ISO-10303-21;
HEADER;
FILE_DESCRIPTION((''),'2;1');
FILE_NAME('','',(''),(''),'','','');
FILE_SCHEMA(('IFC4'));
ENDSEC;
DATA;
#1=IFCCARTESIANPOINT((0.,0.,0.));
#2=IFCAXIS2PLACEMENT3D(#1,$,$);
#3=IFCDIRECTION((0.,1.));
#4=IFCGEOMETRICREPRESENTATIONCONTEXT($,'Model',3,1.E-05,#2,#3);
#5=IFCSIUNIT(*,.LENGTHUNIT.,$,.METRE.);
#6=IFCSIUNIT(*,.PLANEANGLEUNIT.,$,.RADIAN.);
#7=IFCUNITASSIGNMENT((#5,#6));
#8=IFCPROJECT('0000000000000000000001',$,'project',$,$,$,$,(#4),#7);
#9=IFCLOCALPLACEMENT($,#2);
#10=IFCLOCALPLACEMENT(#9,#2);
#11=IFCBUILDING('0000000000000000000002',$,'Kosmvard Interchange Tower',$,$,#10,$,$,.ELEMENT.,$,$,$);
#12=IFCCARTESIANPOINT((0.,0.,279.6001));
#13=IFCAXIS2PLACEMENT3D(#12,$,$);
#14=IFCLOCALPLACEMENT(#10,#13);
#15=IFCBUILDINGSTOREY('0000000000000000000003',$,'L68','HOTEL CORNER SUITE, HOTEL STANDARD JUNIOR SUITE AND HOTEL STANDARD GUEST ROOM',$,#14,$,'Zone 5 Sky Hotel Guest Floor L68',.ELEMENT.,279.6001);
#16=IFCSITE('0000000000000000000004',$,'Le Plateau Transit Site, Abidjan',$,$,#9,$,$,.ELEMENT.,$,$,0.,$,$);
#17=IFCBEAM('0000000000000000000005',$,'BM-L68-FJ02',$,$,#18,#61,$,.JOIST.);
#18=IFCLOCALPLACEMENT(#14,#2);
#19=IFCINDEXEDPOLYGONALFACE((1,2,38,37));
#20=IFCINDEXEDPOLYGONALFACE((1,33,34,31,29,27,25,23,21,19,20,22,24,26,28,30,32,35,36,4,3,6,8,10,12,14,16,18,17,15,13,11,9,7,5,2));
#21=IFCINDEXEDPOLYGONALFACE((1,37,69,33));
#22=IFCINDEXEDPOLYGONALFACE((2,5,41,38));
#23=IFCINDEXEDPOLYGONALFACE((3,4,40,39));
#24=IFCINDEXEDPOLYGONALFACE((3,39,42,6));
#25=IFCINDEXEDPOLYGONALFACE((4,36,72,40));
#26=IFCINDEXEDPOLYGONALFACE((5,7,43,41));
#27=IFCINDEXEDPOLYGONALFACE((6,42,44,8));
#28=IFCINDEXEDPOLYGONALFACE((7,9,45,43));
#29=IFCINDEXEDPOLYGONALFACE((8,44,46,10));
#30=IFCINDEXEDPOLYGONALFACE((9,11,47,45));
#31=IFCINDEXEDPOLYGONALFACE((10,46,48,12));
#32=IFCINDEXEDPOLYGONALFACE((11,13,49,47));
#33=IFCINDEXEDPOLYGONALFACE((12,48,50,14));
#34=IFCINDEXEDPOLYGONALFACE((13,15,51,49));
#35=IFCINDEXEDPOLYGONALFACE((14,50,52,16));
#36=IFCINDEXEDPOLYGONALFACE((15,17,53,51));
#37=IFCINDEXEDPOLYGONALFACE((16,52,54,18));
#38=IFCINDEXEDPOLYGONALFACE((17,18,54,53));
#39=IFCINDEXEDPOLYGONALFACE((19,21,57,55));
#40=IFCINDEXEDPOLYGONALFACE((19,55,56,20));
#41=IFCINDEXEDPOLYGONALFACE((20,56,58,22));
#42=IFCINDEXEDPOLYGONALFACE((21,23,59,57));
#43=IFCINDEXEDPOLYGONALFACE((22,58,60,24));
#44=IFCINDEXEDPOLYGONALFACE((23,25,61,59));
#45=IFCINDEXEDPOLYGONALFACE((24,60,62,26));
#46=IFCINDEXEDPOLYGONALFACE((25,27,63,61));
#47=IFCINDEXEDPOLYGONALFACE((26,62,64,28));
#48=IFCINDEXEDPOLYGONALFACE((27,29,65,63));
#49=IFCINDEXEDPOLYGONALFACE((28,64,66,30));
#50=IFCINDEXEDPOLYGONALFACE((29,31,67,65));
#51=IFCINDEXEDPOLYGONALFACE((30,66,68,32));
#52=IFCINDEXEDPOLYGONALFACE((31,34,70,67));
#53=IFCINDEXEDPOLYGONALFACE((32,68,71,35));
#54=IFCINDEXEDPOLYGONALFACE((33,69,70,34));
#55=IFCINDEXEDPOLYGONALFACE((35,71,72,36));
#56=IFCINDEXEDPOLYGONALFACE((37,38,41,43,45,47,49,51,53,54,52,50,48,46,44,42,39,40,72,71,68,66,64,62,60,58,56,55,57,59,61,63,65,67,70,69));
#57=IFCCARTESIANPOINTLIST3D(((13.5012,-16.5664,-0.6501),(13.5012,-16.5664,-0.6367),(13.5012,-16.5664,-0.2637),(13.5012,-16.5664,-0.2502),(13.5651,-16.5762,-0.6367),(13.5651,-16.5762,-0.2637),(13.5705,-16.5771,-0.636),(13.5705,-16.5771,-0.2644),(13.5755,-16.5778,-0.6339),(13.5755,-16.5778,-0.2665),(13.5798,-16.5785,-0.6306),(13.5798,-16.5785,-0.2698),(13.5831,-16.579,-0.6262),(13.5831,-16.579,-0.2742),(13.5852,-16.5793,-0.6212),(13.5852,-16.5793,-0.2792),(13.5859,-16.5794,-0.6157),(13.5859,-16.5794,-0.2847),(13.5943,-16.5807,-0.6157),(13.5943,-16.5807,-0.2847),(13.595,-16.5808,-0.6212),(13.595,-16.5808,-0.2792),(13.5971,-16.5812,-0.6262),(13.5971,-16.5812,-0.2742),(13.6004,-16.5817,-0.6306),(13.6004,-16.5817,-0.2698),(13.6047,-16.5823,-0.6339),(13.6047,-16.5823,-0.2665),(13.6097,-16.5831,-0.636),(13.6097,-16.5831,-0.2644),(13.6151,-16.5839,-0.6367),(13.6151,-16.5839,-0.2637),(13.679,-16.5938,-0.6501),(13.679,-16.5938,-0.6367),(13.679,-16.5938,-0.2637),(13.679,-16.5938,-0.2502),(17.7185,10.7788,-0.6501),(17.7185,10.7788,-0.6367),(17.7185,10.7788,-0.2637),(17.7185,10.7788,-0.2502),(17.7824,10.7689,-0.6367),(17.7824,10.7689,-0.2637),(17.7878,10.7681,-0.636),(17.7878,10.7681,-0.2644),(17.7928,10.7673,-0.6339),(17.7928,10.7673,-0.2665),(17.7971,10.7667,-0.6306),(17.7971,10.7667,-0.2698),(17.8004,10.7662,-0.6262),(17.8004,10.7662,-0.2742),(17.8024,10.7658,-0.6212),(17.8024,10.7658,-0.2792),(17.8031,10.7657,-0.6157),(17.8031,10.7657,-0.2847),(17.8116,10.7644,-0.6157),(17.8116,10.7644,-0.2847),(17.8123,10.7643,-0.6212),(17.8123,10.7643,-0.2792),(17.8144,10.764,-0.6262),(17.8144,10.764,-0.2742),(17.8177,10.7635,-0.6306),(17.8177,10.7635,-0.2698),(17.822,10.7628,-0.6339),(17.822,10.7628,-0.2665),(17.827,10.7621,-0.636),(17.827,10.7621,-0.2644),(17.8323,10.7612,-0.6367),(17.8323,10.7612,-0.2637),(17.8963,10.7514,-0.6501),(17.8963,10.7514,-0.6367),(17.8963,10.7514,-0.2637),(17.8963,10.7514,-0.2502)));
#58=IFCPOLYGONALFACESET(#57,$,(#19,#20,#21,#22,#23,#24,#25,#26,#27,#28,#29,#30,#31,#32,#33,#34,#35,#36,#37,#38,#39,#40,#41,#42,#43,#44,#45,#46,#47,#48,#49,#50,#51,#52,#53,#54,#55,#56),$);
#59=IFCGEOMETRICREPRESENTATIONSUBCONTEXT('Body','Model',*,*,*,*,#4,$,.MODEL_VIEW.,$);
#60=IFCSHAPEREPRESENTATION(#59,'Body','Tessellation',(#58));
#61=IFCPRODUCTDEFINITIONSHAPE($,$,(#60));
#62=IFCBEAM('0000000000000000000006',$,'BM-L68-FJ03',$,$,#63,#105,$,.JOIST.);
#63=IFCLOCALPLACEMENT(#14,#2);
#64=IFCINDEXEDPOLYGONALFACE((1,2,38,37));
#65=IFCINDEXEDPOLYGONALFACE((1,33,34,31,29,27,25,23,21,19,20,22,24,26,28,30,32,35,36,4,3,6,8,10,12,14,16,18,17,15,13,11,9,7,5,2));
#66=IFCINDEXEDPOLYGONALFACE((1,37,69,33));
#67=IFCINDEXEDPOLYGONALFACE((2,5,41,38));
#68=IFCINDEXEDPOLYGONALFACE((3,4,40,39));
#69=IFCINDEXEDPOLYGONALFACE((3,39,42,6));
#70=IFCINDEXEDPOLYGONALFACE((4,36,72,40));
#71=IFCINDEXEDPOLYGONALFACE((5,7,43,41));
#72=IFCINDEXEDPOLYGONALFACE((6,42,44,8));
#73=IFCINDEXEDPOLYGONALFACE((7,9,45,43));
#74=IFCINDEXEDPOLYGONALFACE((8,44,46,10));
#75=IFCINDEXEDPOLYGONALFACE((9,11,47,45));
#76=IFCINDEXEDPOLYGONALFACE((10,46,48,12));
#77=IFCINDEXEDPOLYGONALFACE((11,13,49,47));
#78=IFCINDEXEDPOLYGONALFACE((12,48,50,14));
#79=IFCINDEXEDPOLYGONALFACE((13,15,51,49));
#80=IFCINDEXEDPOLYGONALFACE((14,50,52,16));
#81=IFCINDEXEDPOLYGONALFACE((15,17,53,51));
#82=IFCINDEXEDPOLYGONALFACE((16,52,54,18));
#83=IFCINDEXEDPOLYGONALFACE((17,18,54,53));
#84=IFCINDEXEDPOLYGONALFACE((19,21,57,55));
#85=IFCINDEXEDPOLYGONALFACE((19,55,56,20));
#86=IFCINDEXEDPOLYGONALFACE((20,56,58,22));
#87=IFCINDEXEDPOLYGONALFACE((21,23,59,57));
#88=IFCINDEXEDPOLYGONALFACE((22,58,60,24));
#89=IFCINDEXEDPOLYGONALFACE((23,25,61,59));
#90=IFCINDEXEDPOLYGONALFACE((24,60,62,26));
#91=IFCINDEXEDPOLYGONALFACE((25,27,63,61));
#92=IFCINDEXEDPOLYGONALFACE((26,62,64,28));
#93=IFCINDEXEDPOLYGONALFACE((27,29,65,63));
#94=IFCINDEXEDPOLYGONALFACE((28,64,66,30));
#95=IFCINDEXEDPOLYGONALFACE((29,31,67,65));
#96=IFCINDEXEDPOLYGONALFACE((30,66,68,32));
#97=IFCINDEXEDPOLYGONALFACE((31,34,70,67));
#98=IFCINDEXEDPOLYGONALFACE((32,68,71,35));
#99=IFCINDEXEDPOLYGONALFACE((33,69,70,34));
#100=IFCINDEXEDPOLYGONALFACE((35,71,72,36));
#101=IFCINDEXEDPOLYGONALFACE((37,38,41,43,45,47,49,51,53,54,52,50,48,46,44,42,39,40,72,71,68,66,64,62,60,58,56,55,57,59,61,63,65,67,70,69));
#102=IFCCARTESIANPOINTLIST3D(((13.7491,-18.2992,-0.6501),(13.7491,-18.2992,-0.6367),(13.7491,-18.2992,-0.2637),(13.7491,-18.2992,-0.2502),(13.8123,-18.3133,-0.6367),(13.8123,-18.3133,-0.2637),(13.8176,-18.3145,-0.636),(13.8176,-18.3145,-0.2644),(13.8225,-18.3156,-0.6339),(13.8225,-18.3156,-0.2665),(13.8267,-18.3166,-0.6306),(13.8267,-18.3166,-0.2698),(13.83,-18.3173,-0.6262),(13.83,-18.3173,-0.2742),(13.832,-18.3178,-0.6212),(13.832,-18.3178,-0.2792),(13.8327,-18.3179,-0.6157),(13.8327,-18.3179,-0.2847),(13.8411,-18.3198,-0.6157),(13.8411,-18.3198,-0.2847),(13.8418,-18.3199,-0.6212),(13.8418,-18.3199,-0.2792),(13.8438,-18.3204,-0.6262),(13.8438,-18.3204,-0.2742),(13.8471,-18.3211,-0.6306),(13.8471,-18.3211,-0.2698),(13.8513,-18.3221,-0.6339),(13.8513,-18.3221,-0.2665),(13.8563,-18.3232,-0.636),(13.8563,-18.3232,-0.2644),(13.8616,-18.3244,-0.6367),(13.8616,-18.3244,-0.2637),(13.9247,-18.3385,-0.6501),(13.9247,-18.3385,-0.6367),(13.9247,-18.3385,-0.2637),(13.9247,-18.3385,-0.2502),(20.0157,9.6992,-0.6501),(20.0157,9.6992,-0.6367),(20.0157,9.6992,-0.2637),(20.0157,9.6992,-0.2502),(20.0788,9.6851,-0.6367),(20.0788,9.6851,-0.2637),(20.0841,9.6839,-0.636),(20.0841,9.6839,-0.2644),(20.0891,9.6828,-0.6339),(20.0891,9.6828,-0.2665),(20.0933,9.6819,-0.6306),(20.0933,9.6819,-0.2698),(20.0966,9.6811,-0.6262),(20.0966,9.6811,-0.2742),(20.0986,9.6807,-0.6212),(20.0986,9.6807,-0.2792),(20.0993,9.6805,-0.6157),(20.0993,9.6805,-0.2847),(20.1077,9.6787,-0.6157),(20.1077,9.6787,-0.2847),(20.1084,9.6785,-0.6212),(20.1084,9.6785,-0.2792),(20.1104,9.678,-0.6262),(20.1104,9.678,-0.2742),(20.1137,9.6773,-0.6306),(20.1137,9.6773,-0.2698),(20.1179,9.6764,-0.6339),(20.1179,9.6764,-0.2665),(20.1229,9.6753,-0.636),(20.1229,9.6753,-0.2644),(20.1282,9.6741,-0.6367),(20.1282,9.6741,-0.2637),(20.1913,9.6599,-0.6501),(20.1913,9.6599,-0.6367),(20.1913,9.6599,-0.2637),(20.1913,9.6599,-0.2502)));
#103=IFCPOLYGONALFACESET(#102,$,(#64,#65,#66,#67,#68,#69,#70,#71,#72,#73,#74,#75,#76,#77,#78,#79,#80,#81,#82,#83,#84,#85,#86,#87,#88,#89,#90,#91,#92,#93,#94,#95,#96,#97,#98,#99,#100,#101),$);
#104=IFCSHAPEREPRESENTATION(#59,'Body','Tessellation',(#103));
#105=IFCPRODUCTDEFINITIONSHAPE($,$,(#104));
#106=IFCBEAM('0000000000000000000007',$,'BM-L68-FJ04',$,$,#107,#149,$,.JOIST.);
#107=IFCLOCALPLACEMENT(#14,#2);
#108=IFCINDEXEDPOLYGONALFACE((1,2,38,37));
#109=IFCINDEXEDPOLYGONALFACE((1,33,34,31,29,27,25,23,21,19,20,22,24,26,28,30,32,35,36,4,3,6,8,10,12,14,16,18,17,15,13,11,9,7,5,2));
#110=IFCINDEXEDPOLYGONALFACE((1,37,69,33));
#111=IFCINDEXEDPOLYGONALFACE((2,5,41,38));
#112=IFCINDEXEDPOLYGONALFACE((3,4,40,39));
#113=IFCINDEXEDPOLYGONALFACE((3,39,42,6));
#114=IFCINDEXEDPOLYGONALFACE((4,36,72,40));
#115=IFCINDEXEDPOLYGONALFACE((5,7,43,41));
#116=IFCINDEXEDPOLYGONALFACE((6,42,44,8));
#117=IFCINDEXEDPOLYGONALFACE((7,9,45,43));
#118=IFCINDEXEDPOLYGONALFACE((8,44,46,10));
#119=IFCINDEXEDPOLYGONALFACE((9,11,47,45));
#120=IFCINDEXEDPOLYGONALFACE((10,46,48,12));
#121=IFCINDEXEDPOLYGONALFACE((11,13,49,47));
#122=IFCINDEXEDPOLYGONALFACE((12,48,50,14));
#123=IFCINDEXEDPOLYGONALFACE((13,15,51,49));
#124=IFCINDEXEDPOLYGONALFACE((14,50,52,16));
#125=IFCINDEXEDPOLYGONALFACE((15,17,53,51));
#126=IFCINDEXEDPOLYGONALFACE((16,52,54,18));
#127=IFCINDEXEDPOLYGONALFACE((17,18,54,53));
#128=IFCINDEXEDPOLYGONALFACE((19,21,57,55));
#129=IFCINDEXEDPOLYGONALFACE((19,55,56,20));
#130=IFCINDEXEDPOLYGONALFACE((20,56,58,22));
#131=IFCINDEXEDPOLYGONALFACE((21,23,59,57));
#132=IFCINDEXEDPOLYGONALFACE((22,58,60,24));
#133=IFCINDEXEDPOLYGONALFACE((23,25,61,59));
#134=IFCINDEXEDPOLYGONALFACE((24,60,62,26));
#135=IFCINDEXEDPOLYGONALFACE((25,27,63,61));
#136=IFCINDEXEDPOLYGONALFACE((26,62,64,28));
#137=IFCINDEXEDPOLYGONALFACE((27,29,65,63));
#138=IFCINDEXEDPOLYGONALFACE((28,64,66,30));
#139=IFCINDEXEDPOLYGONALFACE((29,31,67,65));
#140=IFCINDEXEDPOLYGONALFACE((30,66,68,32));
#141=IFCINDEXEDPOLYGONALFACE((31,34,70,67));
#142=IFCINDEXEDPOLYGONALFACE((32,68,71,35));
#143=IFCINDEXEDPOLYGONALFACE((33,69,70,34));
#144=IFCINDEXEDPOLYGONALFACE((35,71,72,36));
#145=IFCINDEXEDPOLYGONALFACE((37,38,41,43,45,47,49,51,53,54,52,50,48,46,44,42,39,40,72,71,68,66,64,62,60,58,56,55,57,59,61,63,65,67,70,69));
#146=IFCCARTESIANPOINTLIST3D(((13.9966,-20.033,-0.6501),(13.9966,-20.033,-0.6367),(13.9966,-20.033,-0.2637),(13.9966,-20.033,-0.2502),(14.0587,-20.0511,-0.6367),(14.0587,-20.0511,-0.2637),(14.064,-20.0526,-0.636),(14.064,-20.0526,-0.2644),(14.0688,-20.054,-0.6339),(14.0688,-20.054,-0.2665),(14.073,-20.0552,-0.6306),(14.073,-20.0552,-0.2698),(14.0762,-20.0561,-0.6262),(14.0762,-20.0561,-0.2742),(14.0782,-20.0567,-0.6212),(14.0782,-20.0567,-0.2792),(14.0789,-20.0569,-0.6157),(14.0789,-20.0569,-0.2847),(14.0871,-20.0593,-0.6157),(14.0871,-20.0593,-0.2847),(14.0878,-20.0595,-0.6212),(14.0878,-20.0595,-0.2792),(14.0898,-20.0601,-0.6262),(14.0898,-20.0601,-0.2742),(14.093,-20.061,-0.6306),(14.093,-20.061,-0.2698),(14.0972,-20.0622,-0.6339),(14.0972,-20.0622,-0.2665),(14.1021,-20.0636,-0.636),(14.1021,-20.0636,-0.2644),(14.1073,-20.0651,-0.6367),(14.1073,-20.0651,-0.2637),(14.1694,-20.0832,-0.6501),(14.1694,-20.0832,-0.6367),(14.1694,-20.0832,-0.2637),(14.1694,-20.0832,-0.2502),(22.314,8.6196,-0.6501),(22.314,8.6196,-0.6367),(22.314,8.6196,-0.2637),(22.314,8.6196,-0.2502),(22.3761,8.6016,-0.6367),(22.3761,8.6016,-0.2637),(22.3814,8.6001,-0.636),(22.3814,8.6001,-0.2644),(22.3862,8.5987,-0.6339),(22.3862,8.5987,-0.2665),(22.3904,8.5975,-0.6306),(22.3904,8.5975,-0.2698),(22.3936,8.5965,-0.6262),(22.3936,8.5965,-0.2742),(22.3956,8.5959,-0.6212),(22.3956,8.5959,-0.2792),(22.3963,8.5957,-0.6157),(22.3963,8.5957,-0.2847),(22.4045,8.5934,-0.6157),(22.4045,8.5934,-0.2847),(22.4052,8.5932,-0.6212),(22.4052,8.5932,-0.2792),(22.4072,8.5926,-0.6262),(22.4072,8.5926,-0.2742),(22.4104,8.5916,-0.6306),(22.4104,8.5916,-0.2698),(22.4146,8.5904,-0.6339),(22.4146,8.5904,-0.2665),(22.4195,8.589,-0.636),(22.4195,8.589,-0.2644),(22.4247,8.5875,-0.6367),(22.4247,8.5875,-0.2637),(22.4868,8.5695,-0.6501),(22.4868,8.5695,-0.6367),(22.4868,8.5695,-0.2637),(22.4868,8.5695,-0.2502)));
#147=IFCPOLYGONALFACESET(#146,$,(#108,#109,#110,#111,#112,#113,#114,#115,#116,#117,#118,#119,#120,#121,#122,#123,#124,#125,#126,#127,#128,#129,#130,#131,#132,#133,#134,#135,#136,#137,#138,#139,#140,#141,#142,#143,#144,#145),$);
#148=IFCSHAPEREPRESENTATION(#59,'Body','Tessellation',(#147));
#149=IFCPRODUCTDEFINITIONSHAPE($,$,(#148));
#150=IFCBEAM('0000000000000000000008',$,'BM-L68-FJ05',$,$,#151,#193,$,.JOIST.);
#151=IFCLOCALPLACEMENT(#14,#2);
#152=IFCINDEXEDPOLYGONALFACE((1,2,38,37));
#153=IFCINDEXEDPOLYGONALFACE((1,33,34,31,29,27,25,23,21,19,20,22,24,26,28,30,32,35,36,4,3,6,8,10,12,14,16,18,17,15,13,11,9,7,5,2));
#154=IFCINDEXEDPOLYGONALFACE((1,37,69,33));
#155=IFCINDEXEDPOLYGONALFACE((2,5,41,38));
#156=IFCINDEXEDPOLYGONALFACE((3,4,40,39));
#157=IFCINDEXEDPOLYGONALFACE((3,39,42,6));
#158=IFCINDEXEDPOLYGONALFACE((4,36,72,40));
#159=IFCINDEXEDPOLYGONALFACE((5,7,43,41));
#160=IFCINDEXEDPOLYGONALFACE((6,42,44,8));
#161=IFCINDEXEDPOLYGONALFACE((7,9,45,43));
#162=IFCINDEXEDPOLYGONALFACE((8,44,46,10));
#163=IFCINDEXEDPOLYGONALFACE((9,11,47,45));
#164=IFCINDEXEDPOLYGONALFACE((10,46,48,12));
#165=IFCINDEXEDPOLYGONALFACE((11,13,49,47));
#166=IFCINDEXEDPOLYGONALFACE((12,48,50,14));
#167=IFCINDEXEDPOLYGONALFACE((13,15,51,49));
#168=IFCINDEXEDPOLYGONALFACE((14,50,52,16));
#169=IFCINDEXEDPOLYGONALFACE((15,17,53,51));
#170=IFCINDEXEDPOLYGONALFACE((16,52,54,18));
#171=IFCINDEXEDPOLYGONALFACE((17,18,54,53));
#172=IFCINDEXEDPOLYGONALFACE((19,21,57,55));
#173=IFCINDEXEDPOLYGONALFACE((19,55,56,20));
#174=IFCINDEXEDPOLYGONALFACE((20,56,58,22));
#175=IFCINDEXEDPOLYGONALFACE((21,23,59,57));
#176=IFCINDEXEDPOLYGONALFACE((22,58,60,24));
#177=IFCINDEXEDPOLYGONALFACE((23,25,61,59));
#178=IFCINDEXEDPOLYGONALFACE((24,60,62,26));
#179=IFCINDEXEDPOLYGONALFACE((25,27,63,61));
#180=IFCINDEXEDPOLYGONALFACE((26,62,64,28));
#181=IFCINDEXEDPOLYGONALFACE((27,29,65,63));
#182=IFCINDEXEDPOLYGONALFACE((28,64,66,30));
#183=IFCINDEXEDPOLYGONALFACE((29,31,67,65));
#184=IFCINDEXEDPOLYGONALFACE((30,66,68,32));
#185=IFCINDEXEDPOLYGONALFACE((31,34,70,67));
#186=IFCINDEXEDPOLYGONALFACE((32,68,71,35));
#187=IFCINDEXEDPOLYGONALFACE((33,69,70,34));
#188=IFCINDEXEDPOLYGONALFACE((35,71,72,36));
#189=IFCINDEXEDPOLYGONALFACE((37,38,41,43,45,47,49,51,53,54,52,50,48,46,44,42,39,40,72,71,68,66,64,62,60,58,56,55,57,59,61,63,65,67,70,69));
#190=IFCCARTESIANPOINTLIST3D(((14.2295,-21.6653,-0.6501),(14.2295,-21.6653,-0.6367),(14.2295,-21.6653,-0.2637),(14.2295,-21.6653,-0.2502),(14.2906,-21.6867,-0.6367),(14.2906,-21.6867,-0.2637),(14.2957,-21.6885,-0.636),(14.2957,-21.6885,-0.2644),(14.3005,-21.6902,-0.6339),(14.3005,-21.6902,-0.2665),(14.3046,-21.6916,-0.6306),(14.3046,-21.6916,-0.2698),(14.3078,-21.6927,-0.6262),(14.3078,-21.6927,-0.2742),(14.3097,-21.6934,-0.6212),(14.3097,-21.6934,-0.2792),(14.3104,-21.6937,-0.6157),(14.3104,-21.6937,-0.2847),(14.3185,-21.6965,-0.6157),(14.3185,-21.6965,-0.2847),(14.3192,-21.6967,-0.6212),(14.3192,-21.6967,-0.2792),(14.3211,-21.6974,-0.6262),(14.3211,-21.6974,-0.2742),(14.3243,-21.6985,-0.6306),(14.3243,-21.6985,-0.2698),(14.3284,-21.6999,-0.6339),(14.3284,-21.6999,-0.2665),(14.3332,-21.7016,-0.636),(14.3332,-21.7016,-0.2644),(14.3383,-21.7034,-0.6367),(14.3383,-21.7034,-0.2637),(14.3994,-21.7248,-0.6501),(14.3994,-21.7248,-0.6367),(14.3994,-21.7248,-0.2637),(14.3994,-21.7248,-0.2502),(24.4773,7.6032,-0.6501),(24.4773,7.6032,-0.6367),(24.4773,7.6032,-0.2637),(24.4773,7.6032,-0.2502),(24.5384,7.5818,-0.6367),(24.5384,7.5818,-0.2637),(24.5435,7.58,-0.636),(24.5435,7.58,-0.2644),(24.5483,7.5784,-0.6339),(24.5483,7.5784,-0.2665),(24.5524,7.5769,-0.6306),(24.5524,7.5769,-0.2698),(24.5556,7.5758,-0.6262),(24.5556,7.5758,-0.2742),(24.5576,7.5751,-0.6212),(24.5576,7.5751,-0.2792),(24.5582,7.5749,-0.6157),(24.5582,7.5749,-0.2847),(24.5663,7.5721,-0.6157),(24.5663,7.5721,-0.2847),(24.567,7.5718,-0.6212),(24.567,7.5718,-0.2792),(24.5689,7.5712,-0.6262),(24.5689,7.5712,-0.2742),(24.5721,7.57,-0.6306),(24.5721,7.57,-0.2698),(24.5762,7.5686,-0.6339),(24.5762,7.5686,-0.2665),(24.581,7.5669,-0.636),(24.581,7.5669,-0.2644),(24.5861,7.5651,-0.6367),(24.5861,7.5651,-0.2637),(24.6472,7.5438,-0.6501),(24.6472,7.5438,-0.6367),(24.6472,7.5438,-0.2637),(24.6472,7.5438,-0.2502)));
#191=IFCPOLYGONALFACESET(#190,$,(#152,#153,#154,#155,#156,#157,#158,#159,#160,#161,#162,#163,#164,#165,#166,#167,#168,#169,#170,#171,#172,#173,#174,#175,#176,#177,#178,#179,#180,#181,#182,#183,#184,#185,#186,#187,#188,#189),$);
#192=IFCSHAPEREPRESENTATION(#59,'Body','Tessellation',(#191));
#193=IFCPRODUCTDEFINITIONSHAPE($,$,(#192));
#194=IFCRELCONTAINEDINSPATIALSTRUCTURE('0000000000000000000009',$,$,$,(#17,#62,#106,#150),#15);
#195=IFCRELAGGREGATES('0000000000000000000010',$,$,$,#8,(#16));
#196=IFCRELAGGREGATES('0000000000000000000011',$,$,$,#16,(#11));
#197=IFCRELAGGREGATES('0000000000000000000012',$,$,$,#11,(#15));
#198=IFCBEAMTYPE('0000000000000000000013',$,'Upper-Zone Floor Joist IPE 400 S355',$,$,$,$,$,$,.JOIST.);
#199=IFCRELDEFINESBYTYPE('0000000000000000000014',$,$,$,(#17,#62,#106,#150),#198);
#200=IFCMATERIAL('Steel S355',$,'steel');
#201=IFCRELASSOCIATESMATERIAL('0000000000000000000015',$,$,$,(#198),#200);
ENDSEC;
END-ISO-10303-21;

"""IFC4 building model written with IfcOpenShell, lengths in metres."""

from ifc_helpers import new_model, si_unit, direction, frame, origin, origin_2d, place, context, subcontext, project, spatial, i_section, extrude, source, transform, mapped, material, material_profile, profile_set, type_object, element, save


model = new_model("IFC4")

# Units and contexts
model_context = context("Model", 3, precision=1e-05, world=origin(), true_north=direction((0.0, 1.0)))
body_context = subcontext(model_context, "Body", "Model", "MODEL_VIEW")
ifc_project = project(units=[si_unit("LENGTHUNIT", "METRE"), si_unit("PLANEANGLEUNIT", "RADIAN")], contexts=[model_context])

# Site, building, storey
site_placement = place(None, origin())
site = spatial("IfcSite", under=ifc_project, at=site_placement, Name="Le Plateau Transit Site, Abidjan", CompositionType="ELEMENT", RefElevation=0.0)
building_placement = place(site_placement, origin())
building = spatial("IfcBuilding", under=site, at=building_placement, Name="Kosmvard Interchange Tower", CompositionType="ELEMENT")
storey_placement = place(building_placement, frame((0.0, 0.0, 279.6001)))
storey = spatial("IfcBuildingStorey", under=building, at=storey_placement, Name="L68", Description="HOTEL CORNER SUITE, HOTEL STANDARD JUNIOR SUITE AND HOTEL STANDARD GUEST ROOM", LongName="Zone 5 Sky Hotel Guest Floor L68", CompositionType="ELEMENT", Elevation=279.6001)

# Beams
ifc_material_1 = material(Name="Steel S355", Category="steel")
ifc_material_profile_1 = material_profile(ifc_material_1, i_section(OverallWidth=0.1799, OverallDepth=0.3999, WebThickness=0.0085, FlangeThickness=0.0134, FilletRadius=0.021, at=origin_2d()), Name="IPE 400")
ifc_profile_set_1 = profile_set([ifc_material_profile_1], Name="Steel S355")
beam_type_1 = type_object("IfcBeamType", Name="Upper-Zone Floor Joist IPE 400 S355", PredefinedType="JOIST", material=ifc_profile_set_1)
shared_shape_1 = source(origin(), body_context, "Body", "SweptSolid", [
    extrude(i_section(OverallWidth=0.1799, OverallDepth=0.3999, WebThickness=0.0085, FlangeThickness=0.0134, FilletRadius=0.021, at=origin_2d()), origin(), (0.0, 0.0, 1.0), 27.6685),
])
beam_1_placement = place(storey_placement, frame((13.5901, -16.5801, -0.4502), z_axis=(0.152422, 0.988316, 0.0), x_axis=(-0.988316, 0.152422, 0.0)))
element("IfcBeam", 1, at=beam_1_placement, inside=storey, type_object=beam_type_1, Name="BM-L68-FJ02", PredefinedType="JOIST", context=body_context, shape_type="MappedRepresentation", body=[
    mapped(shared_shape_1, transform((0.0, 0.0, 0.0), scale=1.0)),
])
shared_shape_2 = source(origin(), body_context, "Body", "SweptSolid", [
    extrude(i_section(OverallWidth=0.1799, OverallDepth=0.3999, WebThickness=0.0085, FlangeThickness=0.0134, FilletRadius=0.021, at=origin_2d()), origin(), (0.0, 0.0, 1.0), 28.6912),
])
beam_2_placement = place(storey_placement, frame((13.8369, -18.3188, -0.4502), z_axis=(0.218415, 0.975856, 0.0), x_axis=(-0.975856, 0.218415, 0.0)))
element("IfcBeam", 2, at=beam_2_placement, inside=storey, type_object=beam_type_1, Name="BM-L68-FJ03", PredefinedType="JOIST", context=body_context, shape_type="MappedRepresentation", body=[
    mapped(shared_shape_2, transform((0.0, 0.0, 0.0), scale=1.0)),
])
shared_shape_3 = source(origin(), body_context, "Body", "SweptSolid", [
    extrude(i_section(OverallWidth=0.1799, OverallDepth=0.3999, WebThickness=0.0085, FlangeThickness=0.0134, FilletRadius=0.021, at=origin_2d()), origin(), (0.0, 0.0, 1.0), 29.8354),
])
beam_3_placement = place(storey_placement, frame((14.083, -20.0581, -0.4502), z_axis=(0.278776, 0.960356, 0.0), x_axis=(-0.960356, 0.278776, 0.0)))
element("IfcBeam", 3, at=beam_3_placement, inside=storey, type_object=beam_type_1, Name="BM-L68-FJ04", PredefinedType="JOIST", context=body_context, shape_type="MappedRepresentation", body=[
    mapped(shared_shape_3, transform((0.0, 0.0, 0.0), scale=1.0)),
])
shared_shape_4 = source(origin(), body_context, "Body", "SweptSolid", [
    extrude(i_section(OverallWidth=0.1799, OverallDepth=0.3999, WebThickness=0.0085, FlangeThickness=0.0134, FilletRadius=0.021, at=origin_2d()), origin(), (0.0, 0.0, 1.0), 31.0107),
])
beam_4_placement = place(storey_placement, frame((14.3145, -21.6951, -0.4502), z_axis=(0.33046, 0.94382, 0.0), x_axis=(-0.94382, 0.33046, 0.0)))
element("IfcBeam", 4, at=beam_4_placement, inside=storey, type_object=beam_type_1, Name="BM-L68-FJ05", PredefinedType="JOIST", context=body_context, shape_type="MappedRepresentation", body=[
    mapped(shared_shape_4, transform((0.0, 0.0, 0.0), scale=1.0)),
])

save(model, "model.ifc")
